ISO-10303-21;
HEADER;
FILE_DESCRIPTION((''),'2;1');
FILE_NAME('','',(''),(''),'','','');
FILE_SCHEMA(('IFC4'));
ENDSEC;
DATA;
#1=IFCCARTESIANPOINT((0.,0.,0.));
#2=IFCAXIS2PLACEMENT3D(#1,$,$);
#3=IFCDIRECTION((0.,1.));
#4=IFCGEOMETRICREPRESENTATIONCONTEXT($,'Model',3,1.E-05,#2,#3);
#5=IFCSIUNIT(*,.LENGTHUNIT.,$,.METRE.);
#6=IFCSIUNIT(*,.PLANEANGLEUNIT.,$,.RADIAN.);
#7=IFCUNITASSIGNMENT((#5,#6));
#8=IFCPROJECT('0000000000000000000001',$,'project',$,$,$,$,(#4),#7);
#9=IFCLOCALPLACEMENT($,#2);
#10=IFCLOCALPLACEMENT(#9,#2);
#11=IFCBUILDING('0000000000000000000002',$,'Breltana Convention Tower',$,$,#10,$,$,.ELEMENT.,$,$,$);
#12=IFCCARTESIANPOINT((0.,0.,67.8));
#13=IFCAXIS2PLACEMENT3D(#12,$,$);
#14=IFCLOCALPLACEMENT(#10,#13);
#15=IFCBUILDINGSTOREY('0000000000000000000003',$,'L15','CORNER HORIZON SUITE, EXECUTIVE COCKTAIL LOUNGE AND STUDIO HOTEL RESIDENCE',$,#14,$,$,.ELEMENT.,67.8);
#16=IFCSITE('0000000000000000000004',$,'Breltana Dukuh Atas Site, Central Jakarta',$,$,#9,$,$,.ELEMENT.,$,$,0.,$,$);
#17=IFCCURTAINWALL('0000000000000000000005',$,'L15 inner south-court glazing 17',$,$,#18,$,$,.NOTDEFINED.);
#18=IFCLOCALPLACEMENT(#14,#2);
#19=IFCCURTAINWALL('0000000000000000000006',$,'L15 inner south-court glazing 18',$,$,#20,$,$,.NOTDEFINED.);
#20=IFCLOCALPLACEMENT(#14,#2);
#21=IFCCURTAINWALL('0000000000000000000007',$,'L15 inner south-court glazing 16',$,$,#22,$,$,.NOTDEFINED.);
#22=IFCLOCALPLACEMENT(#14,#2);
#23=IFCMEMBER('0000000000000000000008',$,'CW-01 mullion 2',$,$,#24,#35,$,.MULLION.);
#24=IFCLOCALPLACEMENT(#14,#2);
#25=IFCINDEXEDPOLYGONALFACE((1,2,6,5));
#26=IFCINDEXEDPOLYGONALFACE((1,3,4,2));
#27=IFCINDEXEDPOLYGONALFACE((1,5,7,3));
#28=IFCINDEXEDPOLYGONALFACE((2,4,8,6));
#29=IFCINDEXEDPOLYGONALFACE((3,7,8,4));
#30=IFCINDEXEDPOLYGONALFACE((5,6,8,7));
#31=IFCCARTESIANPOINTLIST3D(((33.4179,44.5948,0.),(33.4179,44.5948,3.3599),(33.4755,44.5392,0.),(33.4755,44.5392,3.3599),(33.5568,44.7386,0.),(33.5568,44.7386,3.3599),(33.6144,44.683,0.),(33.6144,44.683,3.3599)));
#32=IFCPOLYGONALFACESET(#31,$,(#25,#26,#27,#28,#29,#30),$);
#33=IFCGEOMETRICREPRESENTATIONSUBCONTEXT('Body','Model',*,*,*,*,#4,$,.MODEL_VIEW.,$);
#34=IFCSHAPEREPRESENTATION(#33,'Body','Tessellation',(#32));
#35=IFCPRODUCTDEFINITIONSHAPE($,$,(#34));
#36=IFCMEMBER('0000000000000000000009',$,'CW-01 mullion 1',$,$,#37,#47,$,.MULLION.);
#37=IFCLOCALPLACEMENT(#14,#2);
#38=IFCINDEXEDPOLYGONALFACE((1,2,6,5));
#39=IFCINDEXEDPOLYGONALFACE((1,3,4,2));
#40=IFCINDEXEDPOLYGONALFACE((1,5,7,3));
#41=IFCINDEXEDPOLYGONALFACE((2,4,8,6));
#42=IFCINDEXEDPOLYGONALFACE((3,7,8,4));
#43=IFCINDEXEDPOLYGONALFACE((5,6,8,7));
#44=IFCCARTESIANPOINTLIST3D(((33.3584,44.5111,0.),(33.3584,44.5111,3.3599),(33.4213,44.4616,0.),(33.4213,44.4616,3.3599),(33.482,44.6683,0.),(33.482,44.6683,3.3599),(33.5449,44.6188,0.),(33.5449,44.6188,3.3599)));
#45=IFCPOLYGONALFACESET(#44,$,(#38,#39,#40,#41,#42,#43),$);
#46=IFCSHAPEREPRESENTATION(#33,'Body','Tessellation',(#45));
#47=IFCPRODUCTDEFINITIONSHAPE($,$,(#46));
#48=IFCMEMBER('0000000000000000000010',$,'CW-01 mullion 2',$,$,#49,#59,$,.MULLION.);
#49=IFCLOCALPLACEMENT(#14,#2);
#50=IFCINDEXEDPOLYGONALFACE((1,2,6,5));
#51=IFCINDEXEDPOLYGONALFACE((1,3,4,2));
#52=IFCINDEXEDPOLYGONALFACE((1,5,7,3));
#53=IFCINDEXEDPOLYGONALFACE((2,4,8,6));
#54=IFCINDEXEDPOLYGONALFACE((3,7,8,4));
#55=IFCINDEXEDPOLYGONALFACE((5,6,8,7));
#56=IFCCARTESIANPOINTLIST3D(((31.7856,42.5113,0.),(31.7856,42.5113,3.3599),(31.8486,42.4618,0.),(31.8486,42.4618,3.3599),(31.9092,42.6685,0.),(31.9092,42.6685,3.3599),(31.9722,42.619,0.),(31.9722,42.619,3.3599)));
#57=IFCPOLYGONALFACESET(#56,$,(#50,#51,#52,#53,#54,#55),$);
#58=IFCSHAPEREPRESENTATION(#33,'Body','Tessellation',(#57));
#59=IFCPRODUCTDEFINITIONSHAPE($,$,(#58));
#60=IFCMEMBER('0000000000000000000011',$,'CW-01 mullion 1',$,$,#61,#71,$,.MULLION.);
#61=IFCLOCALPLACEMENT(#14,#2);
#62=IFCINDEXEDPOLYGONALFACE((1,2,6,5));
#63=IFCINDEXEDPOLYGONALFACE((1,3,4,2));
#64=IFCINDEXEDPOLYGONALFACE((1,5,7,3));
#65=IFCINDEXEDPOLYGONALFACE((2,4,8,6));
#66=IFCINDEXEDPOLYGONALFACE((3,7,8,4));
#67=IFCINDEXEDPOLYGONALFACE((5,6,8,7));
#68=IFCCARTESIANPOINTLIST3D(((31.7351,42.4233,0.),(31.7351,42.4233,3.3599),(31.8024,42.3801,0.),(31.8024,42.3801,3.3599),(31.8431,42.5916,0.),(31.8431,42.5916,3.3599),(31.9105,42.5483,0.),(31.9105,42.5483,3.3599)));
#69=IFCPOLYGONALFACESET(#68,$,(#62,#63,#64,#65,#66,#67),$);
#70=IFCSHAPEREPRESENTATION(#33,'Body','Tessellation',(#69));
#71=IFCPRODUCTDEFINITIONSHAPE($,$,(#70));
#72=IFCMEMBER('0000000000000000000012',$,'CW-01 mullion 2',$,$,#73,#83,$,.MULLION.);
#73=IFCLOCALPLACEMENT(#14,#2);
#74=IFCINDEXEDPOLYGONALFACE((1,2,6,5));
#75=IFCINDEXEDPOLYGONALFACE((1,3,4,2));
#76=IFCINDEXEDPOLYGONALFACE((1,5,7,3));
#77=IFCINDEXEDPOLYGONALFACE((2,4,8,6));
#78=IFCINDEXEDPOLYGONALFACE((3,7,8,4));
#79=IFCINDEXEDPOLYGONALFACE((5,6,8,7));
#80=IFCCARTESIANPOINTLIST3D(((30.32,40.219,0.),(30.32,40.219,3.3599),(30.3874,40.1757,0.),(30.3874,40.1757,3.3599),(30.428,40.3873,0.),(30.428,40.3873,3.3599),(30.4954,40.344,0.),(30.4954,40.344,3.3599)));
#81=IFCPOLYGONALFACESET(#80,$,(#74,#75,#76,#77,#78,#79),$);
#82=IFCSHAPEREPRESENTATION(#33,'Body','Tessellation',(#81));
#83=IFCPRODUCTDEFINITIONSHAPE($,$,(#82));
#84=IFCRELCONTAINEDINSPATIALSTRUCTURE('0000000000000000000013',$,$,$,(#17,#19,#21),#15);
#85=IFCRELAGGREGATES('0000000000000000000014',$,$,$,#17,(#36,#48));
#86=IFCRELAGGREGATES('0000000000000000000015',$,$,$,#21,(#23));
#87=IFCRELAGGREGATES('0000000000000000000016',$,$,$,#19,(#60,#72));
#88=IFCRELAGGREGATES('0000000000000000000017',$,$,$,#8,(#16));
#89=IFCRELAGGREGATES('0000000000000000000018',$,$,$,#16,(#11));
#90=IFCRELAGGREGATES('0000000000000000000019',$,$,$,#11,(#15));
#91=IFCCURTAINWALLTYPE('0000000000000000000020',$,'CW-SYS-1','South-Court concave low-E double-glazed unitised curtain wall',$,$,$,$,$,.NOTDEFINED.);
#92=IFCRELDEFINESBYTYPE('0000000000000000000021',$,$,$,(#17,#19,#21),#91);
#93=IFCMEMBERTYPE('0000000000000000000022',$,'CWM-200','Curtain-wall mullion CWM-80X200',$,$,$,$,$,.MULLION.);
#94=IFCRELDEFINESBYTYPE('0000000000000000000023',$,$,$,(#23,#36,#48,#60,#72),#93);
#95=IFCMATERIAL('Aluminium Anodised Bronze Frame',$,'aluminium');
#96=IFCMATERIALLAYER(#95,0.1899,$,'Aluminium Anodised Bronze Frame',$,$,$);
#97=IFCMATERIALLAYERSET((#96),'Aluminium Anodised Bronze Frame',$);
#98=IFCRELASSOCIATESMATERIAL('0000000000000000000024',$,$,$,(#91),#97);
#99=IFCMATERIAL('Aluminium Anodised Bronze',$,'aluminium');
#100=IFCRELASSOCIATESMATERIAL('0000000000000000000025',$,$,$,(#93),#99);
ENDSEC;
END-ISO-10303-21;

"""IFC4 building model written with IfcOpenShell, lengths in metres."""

from ifc_helpers import new_model, si_unit, direction, frame, origin, origin_2d, place, context, subcontext, project, spatial, rectangle, extrude, source, transform, mapped, material, layer, layer_set, material_profile, profile_set, type_object, element, aggregate, save


model = new_model("IFC4")

# Units and contexts
model_context = context("Model", 3, precision=1e-05, world=origin(), true_north=direction((0.0, 1.0)))
body_context = subcontext(model_context, "Body", "Model", "MODEL_VIEW")
ifc_project = project(units=[si_unit("LENGTHUNIT", "METRE"), si_unit("PLANEANGLEUNIT", "RADIAN")], contexts=[model_context])

# Site, building, storey
site_placement = place(None, origin())
site = spatial("IfcSite", under=ifc_project, at=site_placement, Name="Breltana Dukuh Atas Site, Central Jakarta", CompositionType="ELEMENT", RefElevation=0.0)
building_placement = place(site_placement, origin())
building = spatial("IfcBuilding", under=site, at=building_placement, Name="Breltana Convention Tower", CompositionType="ELEMENT")
storey_placement = place(building_placement, frame((0.0, 0.0, 67.8)))
storey = spatial("IfcBuildingStorey", under=building, at=storey_placement, Name="L15", Description="CORNER HORIZON SUITE, EXECUTIVE COCKTAIL LOUNGE AND STUDIO HOTEL RESIDENCE", CompositionType="ELEMENT", Elevation=67.8)

# Curtain walls
ifc_material_1 = material(Name="Aluminium Anodised Bronze Frame", Category="aluminium")
ifc_layer_1 = layer(ifc_material_1, 0.1899, Name="Aluminium Anodised Bronze Frame")
ifc_layer_set_1 = layer_set([ifc_layer_1], Name="Aluminium Anodised Bronze Frame")
curtain_wall_type = type_object("IfcCurtainWallType", Name="CW-SYS-1", Description="South-Court concave low-E double-glazed unitised curtain wall", PredefinedType="NOTDEFINED", material=ifc_layer_set_1)
curtain_wall_1_placement = place(storey_placement, origin())
curtain_wall_1 = element("IfcCurtainWall", 1, at=curtain_wall_1_placement, inside=storey, type_object=curtain_wall_type, Name="L15 inner south-court glazing 17", PredefinedType="NOTDEFINED")
ifc_material_2 = material(Name="Aluminium Anodised Bronze", Category="aluminium")
curtain_wall_2_placement = place(storey_placement, origin())
curtain_wall_2 = element("IfcCurtainWall", 2, at=curtain_wall_2_placement, inside=storey, type_object=curtain_wall_type, Name="L15 inner south-court glazing 18", PredefinedType="NOTDEFINED")

# Curtain wall, member
curtain_wall_3_placement = place(storey_placement, origin())
curtain_wall_3 = element("IfcCurtainWall", 3, at=curtain_wall_3_placement, inside=storey, type_object=curtain_wall_type, Name="L15 inner south-court glazing 16", PredefinedType="NOTDEFINED")
ifc_material_profile_1 = material_profile(ifc_material_2, rectangle(XDim=0.0801, YDim=0.2, at=origin_2d()), Name="CWM-80X200")
ifc_profile_set_1 = profile_set([ifc_material_profile_1], Name="Aluminium Anodised Bronze")
member_type_1 = type_object("IfcMemberType", Name="CWM-200", Description="Curtain-wall mullion CWM-80X200", PredefinedType="MULLION", material=ifc_profile_set_1)
shared_shape_1 = source(origin(), body_context, "Body", "SweptSolid", [
    extrude(rectangle(XDim=0.0801, YDim=0.2, at=origin_2d()), origin(), (0.0, 0.0, 1.0), 3.3599),
])
member_1_placement = place(storey_placement, frame((33.5161, 44.6389, 0.0), z_axis=(0.0, 0.0, 1.0), x_axis=(0.719385, -0.694612, 0.0)))
member_1 = element("IfcMember", 4, at=member_1_placement, type_object=member_type_1, Name="CW-01 mullion 2", PredefinedType="MULLION", context=body_context, shape_type="MappedRepresentation", body=[
    mapped(shared_shape_1, transform((0.0, 0.0, 0.0), scale=1.0)),
])

# Members
member_2_placement = place(storey_placement, frame((33.4517, 44.5649, 0.0), z_axis=(0.0, 0.0, 1.0), x_axis=(0.786058, -0.618153, 0.0)))
member_2 = element("IfcMember", 5, at=member_2_placement, type_object=member_type_1, Name="CW-01 mullion 1", PredefinedType="MULLION", context=body_context, shape_type="MappedRepresentation", body=[
    mapped(shared_shape_1, transform((0.0, 0.0, 0.0), scale=1.0)),
])
member_3_placement = place(storey_placement, frame((31.8789, 42.5652, 0.0), z_axis=(0.0, 0.0, 1.0), x_axis=(0.786058, -0.618153, 0.0)))
member_3 = element("IfcMember", 6, at=member_3_placement, type_object=member_type_1, Name="CW-01 mullion 2", PredefinedType="MULLION", context=body_context, shape_type="MappedRepresentation", body=[
    mapped(shared_shape_1, transform((0.0, 0.0, 0.0), scale=1.0)),
])
member_4_placement = place(storey_placement, frame((31.8228, 42.4858, 0.0), z_axis=(0.0, 0.0, 1.0), x_axis=(0.841556, -0.54017, 0.0)))
member_4 = element("IfcMember", 7, at=member_4_placement, type_object=member_type_1, Name="CW-01 mullion 1", PredefinedType="MULLION", context=body_context, shape_type="MappedRepresentation", body=[
    mapped(shared_shape_1, transform((0.0, 0.0, 0.0), scale=1.0)),
])
member_5_placement = place(storey_placement, frame((30.4077, 40.2815, 0.0), z_axis=(0.0, 0.0, 1.0), x_axis=(0.841556, -0.54017, 0.0)))
member_5 = element("IfcMember", 8, at=member_5_placement, type_object=member_type_1, Name="CW-01 mullion 2", PredefinedType="MULLION", context=body_context, shape_type="MappedRepresentation", body=[
    mapped(shared_shape_1, transform((0.0, 0.0, 0.0), scale=1.0)),
])

aggregate(curtain_wall_1, [member_2, member_3])
aggregate(curtain_wall_3, [member_1])
aggregate(curtain_wall_2, [member_4, member_5])

save(model, "model.ifc")
